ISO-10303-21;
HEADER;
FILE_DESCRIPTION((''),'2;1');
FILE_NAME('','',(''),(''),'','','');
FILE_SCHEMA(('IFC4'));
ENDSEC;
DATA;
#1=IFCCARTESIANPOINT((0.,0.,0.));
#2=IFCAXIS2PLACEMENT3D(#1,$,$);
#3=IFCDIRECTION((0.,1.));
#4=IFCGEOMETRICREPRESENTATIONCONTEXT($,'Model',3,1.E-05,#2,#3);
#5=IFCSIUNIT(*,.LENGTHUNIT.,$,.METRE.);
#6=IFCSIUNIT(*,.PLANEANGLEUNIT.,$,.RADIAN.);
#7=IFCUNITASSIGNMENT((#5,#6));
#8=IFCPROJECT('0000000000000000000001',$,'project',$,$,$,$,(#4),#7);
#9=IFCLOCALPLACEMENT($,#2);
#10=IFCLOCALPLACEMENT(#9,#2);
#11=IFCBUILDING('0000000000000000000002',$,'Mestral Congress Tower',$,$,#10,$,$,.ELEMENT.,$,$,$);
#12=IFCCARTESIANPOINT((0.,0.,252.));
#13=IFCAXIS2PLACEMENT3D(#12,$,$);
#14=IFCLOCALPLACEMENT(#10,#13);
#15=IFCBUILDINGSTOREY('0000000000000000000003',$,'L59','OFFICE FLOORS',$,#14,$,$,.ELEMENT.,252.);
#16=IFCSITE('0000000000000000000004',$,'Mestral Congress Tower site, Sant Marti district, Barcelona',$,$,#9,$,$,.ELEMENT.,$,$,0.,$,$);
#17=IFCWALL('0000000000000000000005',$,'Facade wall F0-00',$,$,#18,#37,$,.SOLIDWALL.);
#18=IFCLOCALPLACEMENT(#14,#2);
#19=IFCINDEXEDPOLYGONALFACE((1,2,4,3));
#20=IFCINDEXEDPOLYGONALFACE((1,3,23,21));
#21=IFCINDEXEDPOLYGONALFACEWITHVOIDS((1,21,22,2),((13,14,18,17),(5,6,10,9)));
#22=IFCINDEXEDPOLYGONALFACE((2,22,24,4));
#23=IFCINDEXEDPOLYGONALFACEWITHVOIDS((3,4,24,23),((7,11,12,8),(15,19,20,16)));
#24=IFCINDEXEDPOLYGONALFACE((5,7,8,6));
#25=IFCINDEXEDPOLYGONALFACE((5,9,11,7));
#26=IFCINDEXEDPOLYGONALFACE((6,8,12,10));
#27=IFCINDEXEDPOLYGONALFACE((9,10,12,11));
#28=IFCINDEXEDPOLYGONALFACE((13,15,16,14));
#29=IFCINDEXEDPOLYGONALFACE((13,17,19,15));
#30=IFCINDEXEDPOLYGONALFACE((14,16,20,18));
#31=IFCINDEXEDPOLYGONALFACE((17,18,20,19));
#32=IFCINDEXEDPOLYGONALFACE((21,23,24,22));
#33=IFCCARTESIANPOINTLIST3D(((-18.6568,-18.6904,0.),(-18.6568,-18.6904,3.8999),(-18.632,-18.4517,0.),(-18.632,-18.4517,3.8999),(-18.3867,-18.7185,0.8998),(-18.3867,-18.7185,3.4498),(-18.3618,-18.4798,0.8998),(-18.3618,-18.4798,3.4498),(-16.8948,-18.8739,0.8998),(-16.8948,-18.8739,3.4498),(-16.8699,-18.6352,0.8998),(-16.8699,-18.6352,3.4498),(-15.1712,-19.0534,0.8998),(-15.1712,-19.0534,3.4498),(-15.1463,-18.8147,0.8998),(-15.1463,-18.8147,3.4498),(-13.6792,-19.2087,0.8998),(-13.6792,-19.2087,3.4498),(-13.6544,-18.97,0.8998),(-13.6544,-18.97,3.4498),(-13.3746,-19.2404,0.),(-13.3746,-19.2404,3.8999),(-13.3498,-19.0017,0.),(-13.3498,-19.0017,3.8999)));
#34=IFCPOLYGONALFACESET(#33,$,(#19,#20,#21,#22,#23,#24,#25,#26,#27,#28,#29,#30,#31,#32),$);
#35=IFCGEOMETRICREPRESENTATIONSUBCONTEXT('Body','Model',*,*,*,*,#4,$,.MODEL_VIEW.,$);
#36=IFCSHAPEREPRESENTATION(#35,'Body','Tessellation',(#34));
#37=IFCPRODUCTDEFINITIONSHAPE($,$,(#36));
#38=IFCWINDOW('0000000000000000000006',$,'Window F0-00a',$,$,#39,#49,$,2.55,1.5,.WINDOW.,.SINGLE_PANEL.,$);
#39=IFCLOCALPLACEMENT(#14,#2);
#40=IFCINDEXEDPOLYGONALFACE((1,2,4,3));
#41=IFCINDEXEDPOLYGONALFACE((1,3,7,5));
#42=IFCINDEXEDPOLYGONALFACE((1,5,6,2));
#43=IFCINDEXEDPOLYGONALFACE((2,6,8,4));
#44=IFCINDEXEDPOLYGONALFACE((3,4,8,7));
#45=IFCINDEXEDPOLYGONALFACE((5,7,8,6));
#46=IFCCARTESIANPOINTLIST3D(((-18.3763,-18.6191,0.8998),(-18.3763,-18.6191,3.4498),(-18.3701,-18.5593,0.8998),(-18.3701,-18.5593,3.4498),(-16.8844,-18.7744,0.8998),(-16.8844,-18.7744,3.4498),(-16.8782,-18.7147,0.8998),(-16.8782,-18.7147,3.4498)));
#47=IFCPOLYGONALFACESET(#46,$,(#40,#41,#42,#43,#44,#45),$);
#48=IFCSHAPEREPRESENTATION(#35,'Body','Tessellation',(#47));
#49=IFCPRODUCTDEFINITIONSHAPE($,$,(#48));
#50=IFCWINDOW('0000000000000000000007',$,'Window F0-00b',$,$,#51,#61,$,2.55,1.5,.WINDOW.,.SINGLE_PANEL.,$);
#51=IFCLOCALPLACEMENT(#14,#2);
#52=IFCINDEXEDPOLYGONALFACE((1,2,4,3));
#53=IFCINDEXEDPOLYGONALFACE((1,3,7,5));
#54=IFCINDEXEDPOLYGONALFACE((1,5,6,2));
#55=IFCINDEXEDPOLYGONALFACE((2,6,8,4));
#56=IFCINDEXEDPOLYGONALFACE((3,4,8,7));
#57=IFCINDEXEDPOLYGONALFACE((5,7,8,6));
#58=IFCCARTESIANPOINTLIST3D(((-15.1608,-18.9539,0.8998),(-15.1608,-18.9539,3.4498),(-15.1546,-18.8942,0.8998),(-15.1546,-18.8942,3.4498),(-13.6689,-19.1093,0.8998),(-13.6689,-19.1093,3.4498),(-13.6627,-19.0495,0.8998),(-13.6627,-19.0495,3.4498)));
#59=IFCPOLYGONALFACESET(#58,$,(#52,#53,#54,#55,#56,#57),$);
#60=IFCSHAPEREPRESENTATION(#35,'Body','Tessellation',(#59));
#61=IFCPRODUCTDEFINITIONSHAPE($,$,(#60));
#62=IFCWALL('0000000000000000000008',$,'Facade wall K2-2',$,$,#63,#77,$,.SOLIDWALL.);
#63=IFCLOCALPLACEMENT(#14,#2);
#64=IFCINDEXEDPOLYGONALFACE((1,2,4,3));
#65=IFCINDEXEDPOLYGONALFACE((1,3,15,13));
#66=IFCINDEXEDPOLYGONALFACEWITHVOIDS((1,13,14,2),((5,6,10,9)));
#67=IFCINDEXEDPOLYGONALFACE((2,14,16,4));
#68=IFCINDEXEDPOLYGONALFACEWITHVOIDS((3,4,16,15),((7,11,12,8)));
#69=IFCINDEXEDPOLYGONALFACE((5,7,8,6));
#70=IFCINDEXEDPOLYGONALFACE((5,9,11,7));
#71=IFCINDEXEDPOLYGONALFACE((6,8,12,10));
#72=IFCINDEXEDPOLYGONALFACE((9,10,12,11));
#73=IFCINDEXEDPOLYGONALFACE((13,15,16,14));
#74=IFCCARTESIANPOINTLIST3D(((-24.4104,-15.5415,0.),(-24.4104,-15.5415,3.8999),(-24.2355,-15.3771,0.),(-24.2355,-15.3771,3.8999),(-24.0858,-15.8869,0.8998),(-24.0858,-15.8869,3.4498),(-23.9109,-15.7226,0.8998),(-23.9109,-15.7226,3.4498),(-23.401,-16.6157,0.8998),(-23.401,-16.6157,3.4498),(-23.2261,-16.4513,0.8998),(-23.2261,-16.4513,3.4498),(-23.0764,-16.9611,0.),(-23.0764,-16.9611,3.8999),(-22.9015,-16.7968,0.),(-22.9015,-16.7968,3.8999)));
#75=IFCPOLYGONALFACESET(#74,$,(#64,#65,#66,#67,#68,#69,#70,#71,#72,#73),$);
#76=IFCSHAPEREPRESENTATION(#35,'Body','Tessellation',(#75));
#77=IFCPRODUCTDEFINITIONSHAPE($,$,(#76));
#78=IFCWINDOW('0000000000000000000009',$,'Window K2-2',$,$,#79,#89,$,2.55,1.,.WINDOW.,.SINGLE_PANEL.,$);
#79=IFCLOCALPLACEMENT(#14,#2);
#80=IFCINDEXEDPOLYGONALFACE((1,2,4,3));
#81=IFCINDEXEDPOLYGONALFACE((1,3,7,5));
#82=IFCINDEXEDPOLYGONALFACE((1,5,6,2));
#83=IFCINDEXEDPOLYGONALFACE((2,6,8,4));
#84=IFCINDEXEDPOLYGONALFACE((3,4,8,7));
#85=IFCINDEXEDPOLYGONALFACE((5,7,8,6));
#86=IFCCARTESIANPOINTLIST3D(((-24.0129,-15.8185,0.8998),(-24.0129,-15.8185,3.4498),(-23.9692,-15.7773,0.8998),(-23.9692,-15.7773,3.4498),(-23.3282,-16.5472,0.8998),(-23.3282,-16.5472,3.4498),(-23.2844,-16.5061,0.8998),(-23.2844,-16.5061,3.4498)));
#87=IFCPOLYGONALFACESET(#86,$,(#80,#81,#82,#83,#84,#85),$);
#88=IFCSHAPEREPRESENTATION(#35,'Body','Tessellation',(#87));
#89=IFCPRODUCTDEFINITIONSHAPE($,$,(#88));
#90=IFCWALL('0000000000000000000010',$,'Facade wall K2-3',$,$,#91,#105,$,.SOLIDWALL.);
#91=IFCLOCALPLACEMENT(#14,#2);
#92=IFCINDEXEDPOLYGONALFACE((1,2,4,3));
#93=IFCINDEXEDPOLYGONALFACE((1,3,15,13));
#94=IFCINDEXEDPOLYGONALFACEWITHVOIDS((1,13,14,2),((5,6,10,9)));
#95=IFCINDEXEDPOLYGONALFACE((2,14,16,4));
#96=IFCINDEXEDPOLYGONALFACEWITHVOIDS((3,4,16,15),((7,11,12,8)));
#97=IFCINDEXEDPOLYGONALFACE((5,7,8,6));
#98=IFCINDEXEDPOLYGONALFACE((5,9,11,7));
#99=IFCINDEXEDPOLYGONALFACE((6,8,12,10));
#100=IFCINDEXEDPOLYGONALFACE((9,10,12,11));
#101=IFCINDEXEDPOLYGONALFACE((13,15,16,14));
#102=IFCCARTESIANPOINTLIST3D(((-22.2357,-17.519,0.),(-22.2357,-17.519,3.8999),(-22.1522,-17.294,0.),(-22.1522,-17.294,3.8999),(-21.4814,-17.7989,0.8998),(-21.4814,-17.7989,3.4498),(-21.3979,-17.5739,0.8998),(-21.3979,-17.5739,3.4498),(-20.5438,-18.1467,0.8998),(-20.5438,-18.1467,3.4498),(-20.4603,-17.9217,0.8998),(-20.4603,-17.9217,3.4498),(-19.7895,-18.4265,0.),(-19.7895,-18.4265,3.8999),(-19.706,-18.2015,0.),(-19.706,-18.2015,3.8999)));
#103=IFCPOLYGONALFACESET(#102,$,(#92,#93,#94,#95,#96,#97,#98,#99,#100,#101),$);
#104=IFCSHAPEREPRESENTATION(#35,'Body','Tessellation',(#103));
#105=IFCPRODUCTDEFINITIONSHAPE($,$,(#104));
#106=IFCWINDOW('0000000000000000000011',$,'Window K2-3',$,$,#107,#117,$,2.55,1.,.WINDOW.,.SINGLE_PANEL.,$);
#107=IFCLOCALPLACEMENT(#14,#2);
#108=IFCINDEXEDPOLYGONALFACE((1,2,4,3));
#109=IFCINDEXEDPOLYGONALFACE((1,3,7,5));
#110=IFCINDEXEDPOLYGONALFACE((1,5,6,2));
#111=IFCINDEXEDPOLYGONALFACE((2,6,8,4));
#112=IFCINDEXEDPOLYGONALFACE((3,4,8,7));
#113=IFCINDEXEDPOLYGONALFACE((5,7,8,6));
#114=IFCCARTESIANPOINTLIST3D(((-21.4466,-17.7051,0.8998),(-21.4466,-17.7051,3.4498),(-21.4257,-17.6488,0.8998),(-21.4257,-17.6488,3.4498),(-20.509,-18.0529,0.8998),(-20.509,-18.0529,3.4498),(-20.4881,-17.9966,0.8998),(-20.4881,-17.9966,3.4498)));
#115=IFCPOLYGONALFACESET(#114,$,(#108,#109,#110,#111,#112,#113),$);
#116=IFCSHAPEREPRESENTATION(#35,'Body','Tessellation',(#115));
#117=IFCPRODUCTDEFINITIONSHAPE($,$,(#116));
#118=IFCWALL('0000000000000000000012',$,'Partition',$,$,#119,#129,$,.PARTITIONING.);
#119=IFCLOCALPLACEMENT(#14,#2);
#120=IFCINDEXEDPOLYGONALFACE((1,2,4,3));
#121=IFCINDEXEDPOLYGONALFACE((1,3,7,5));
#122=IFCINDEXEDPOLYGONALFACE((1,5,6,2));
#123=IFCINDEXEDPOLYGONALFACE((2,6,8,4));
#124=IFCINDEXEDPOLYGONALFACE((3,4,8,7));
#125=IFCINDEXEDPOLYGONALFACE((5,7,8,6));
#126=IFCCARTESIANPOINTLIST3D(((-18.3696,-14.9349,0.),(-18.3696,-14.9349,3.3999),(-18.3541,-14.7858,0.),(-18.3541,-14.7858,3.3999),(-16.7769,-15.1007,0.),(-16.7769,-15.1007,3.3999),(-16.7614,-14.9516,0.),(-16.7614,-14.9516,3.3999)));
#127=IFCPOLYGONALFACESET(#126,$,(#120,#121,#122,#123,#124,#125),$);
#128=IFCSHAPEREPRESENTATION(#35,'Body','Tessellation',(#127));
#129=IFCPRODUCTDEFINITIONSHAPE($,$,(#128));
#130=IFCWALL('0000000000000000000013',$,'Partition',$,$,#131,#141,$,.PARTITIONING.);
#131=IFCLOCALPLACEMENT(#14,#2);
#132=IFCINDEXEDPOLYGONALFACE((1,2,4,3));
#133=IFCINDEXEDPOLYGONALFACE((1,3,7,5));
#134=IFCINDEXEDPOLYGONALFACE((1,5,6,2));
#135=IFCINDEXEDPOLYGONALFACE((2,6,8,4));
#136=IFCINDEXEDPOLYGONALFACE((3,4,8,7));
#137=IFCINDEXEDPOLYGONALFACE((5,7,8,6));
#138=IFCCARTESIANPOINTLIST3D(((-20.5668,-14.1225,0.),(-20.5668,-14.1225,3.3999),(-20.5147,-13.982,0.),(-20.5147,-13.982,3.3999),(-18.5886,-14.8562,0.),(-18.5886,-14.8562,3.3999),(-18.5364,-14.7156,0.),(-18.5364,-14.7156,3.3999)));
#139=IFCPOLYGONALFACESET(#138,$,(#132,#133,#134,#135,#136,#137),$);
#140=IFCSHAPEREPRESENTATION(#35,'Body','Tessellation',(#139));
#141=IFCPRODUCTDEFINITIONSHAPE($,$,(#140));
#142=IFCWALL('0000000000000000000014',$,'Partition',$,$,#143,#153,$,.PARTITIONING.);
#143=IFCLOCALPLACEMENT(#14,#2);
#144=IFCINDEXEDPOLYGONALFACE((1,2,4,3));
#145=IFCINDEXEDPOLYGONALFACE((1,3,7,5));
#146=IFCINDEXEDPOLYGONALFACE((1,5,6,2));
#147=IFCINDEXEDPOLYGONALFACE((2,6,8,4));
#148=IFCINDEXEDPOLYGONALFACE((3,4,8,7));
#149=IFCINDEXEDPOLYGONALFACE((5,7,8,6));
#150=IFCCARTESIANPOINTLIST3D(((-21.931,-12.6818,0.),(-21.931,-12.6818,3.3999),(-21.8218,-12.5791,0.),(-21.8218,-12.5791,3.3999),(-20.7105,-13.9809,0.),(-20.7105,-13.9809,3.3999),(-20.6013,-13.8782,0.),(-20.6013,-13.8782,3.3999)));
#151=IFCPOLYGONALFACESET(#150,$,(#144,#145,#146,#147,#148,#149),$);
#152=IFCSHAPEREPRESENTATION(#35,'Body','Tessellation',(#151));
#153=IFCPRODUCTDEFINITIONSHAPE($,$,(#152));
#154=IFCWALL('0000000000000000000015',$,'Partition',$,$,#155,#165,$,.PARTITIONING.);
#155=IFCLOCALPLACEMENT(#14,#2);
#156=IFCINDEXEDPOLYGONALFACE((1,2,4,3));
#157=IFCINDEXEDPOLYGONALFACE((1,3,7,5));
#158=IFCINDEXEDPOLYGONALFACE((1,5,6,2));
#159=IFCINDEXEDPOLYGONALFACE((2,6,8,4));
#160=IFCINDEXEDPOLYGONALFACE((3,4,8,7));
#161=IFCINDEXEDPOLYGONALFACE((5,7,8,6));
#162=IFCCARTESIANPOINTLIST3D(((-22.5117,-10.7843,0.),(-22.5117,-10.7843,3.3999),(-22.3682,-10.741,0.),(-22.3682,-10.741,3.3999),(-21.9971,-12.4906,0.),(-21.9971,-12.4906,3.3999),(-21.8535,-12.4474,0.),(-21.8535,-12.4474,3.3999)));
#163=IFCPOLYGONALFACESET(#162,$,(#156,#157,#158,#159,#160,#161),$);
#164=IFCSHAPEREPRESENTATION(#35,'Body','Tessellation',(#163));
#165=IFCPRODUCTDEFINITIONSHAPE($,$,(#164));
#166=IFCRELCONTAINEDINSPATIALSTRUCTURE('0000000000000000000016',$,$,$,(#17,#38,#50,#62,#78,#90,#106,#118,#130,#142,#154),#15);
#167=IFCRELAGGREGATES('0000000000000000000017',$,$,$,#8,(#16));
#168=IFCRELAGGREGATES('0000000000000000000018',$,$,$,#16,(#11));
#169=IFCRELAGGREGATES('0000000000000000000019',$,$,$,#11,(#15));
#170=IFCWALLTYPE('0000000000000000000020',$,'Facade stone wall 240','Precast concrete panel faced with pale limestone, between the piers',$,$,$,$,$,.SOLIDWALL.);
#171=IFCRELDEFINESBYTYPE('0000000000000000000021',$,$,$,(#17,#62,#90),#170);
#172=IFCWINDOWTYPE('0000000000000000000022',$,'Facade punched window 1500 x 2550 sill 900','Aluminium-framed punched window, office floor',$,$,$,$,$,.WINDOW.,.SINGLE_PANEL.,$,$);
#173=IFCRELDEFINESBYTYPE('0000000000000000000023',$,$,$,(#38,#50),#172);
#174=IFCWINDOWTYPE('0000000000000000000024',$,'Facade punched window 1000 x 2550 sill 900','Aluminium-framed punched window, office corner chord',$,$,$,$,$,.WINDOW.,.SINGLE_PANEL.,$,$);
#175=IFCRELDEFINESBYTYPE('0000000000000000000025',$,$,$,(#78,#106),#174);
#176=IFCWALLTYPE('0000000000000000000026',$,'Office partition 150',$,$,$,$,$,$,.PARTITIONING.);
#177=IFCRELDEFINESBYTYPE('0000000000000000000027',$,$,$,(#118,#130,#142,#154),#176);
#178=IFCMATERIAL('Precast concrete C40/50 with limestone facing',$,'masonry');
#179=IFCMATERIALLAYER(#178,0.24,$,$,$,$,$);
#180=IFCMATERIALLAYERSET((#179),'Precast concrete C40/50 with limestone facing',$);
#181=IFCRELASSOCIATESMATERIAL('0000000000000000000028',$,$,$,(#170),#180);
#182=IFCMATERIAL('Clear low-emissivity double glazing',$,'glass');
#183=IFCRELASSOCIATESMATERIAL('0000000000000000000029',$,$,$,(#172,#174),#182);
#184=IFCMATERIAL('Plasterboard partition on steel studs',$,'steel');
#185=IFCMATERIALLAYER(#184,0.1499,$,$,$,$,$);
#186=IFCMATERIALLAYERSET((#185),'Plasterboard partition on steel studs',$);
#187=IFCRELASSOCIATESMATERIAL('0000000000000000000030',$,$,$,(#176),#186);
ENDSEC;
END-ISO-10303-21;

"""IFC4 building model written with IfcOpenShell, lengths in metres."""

from ifc_helpers import new_model, si_unit, direction, frame, frame_2d, origin, place, context, subcontext, project, spatial, rectangle, extrude, material, layer, layer_set, type_object, element, fill, save


model = new_model("IFC4")

# Units and contexts
model_context = context("Model", 3, precision=1e-05, world=origin(), true_north=direction((0.0, 1.0)))
body_context = subcontext(model_context, "Body", "Model", "MODEL_VIEW")
ifc_project = project(units=[si_unit("LENGTHUNIT", "METRE"), si_unit("PLANEANGLEUNIT", "RADIAN")], contexts=[model_context])

# Site, building, storey
site_placement = place(None, origin())
site = spatial("IfcSite", under=ifc_project, at=site_placement, Name="Mestral Congress Tower site, Sant Marti district, Barcelona", CompositionType="ELEMENT", RefElevation=0.0)
building_placement = place(site_placement, origin())
building = spatial("IfcBuilding", under=site, at=building_placement, Name="Mestral Congress Tower", CompositionType="ELEMENT")
storey_placement = place(building_placement, frame((0.0, 0.0, 252.0)))
storey = spatial("IfcBuildingStorey", under=building, at=storey_placement, Name="L59", Description="OFFICE FLOORS", CompositionType="ELEMENT", Elevation=252.0)

# Wall, openings, windows
ifc_material_1 = material(Name="Precast concrete C40/50 with limestone facing", Category="masonry")
ifc_layer_1 = layer(ifc_material_1, 0.24)
ifc_layer_set_1 = layer_set([ifc_layer_1], Name="Precast concrete C40/50 with limestone facing")
wall_type_1 = type_object("IfcWallType", Name="Facade stone wall 240", Description="Precast concrete panel faced with pale limestone, between the piers", PredefinedType="SOLIDWALL", material=ifc_layer_set_1)
wall_1_placement = place(storey_placement, frame((-18.6443, -18.571, 0.0), z_axis=(0.0, 0.0, 1.0), x_axis=(0.994622, -0.103572, 0.0)))
wall_1 = element("IfcWall", 1, at=wall_1_placement, inside=storey, type_object=wall_type_1, Name="Facade wall F0-00", PredefinedType="SOLIDWALL", context=body_context, shape_type="SweptSolid", body=[
    extrude(rectangle(XDim=5.3108, YDim=0.24, at=frame_2d((2.6553, 0.0))), origin(), (0.0, 0.0, 1.0), 3.8999),
])
opening_1_placement = place(wall_1_placement, frame((0.2715, 0.0, 0.8999)))
opening_1 = element("IfcOpeningElement", 2, at=opening_1_placement, cuts=wall_1, PredefinedType="OPENING", context=body_context, shape_type="SweptSolid", body=[
    extrude(rectangle(XDim=1.5, YDim=2.55, at=frame_2d((0.75, 1.2749))), frame((0.0, 0.1299, 0.0), z_axis=(0.0, -1.0, 0.0), x_axis=(1.0, 0.0, 0.0)), (0.0, 0.0, 1.0), 0.26),
])
opening_2_placement = place(wall_1_placement, frame((3.5044, 0.0, 0.8999)))
opening_2 = element("IfcOpeningElement", 3, at=opening_2_placement, cuts=wall_1, PredefinedType="OPENING", context=body_context, shape_type="SweptSolid", body=[
    extrude(rectangle(XDim=1.5, YDim=2.55, at=frame_2d((0.75, 1.2749))), frame((0.0, 0.1299, 0.0), z_axis=(0.0, -1.0, 0.0), x_axis=(1.0, 0.0, 0.0)), (0.0, 0.0, 1.0), 0.26),
])
ifc_material_2 = material(Name="Clear low-emissivity double glazing", Category="glass")
window_type_1 = type_object("IfcWindowType", Name="Facade punched window 1500 x 2550 sill 900", Description="Aluminium-framed punched window, office floor", PartitioningType="SINGLE_PANEL", PredefinedType="WINDOW", material=ifc_material_2)
window_1_placement = place(opening_1_placement, origin())
window_1 = element("IfcWindow", 4, at=window_1_placement, inside=storey, type_object=window_type_1, Name="Window F0-00a", OverallHeight=2.55, OverallWidth=1.5, PartitioningType="SINGLE_PANEL", PredefinedType="WINDOW", context=body_context, shape_type="SweptSolid", body=[
    extrude(rectangle(XDim=1.5, YDim=2.55, at=frame_2d((0.75, 1.2749))), frame((0.0, 0.04, 0.0), z_axis=(0.0, -1.0, 0.0), x_axis=(1.0, 0.0, 0.0)), (0.0, 0.0, 1.0), 0.0601),
])
fill(opening_1, window_1)
window_2_placement = place(opening_2_placement, origin())
window_2 = element("IfcWindow", 5, at=window_2_placement, inside=storey, type_object=window_type_1, Name="Window F0-00b", OverallHeight=2.55, OverallWidth=1.5, PartitioningType="SINGLE_PANEL", PredefinedType="WINDOW", context=body_context, shape_type="SweptSolid", body=[
    extrude(rectangle(XDim=1.5, YDim=2.55, at=frame_2d((0.75, 1.2749))), frame((0.0, 0.04, 0.0), z_axis=(0.0, -1.0, 0.0), x_axis=(1.0, 0.0, 0.0)), (0.0, 0.0, 1.0), 0.0601),
])
fill(opening_2, window_2)

# Walls, openings, windows
wall_2_placement = place(storey_placement, frame((-24.323, -15.4592, 0.0), z_axis=(0.0, 0.0, 1.0), x_axis=(0.68477, -0.728759, 0.0)))
wall_2 = element("IfcWall", 6, at=wall_2_placement, inside=storey, type_object=wall_type_1, Name="Facade wall K2-2", PredefinedType="SOLIDWALL", context=body_context, shape_type="SweptSolid", body=[
    extrude(rectangle(XDim=1.948, YDim=0.24, at=frame_2d((0.9741, 0.0))), origin(), (0.0, 0.0, 1.0), 3.8999),
])
opening_3_placement = place(wall_2_placement, frame((0.4741, 0.0, 0.8999)))
opening_3 = element("IfcOpeningElement", 7, at=opening_3_placement, cuts=wall_2, PredefinedType="OPENING", context=body_context, shape_type="SweptSolid", body=[
    extrude(rectangle(XDim=1.0, YDim=2.55, at=frame_2d((0.5, 1.2749))), frame((0.0, 0.1299, 0.0), z_axis=(0.0, -1.0, 0.0), x_axis=(1.0, 0.0, 0.0)), (0.0, 0.0, 1.0), 0.26),
])
window_type_2 = type_object("IfcWindowType", Name="Facade punched window 1000 x 2550 sill 900", Description="Aluminium-framed punched window, office corner chord", PartitioningType="SINGLE_PANEL", PredefinedType="WINDOW", material=ifc_material_2)
window_3_placement = place(opening_3_placement, origin())
window_3 = element("IfcWindow", 8, at=window_3_placement, inside=storey, type_object=window_type_2, Name="Window K2-2", OverallHeight=2.55, OverallWidth=1.0, PartitioningType="SINGLE_PANEL", PredefinedType="WINDOW", context=body_context, shape_type="SweptSolid", body=[
    extrude(rectangle(XDim=1.0, YDim=2.55, at=frame_2d((0.5, 1.2749))), frame((0.0, 0.04, 0.0), z_axis=(0.0, -1.0, 0.0), x_axis=(1.0, 0.0, 0.0)), (0.0, 0.0, 1.0), 0.0601),
])
fill(opening_3, window_3)
wall_3_placement = place(storey_placement, frame((-22.1941, -17.4065, 0.0), z_axis=(0.0, 0.0, 1.0), x_axis=(0.937569, -0.347799, 0.0)))
wall_3 = element("IfcWall", 9, at=wall_3_placement, inside=storey, type_object=wall_type_1, Name="Facade wall K2-3", PredefinedType="SOLIDWALL", context=body_context, shape_type="SweptSolid", body=[
    extrude(rectangle(XDim=2.6091, YDim=0.24, at=frame_2d((1.3047, 0.0))), origin(), (0.0, 0.0, 1.0), 3.8999),
])
opening_4_placement = place(wall_3_placement, frame((0.8047, 0.0, 0.8999)))
opening_4 = element("IfcOpeningElement", 10, at=opening_4_placement, cuts=wall_3, PredefinedType="OPENING", context=body_context, shape_type="SweptSolid", body=[
    extrude(rectangle(XDim=1.0, YDim=2.55, at=frame_2d((0.5, 1.2749))), frame((0.0, 0.1299, 0.0), z_axis=(0.0, -1.0, 0.0), x_axis=(1.0, 0.0, 0.0)), (0.0, 0.0, 1.0), 0.26),
])
window_4_placement = place(opening_4_placement, origin())
window_4 = element("IfcWindow", 11, at=window_4_placement, inside=storey, type_object=window_type_2, Name="Window K2-3", OverallHeight=2.55, OverallWidth=1.0, PartitioningType="SINGLE_PANEL", PredefinedType="WINDOW", context=body_context, shape_type="SweptSolid", body=[
    extrude(rectangle(XDim=1.0, YDim=2.55, at=frame_2d((0.5, 1.2749))), frame((0.0, 0.04, 0.0), z_axis=(0.0, -1.0, 0.0), x_axis=(1.0, 0.0, 0.0)), (0.0, 0.0, 1.0), 0.0601),
])
fill(opening_4, window_4)

# Walls
ifc_material_3 = material(Name="Plasterboard partition on steel studs", Category="steel")
ifc_layer_2 = layer(ifc_material_3, 0.1499)
ifc_layer_set_2 = layer_set([ifc_layer_2], Name="Plasterboard partition on steel studs")
wall_type_2 = type_object("IfcWallType", Name="Office partition 150", PredefinedType="PARTITIONING", material=ifc_layer_set_2)
wall_4_placement = place(storey_placement, frame((-16.769, -15.0261, 0.0), z_axis=(0.0, 0.0, 1.0), x_axis=(-0.994628, 0.103518, 0.0)))
element("IfcWall", 12, at=wall_4_placement, inside=storey, type_object=wall_type_2, Name="Partition", PredefinedType="PARTITIONING", context=body_context, shape_type="SweptSolid", body=[
    extrude(rectangle(XDim=1.6013, YDim=0.1499, at=frame_2d((0.8008, 0.0))), origin(), (0.0, 0.0, 1.0), 3.3999),
])
wall_5_placement = place(storey_placement, frame((-18.5625, -14.7859, 0.0), z_axis=(0.0, 0.0, 1.0), x_axis=(-0.937602, 0.34771, 0.0)))
element("IfcWall", 13, at=wall_5_placement, inside=storey, type_object=wall_type_2, Name="Partition", PredefinedType="PARTITIONING", context=body_context, shape_type="SweptSolid", body=[
    extrude(rectangle(XDim=2.1099, YDim=0.1499, at=frame_2d((1.0549, 0.0))), origin(), (0.0, 0.0, 1.0), 3.3999),
])
wall_6_placement = place(storey_placement, frame((-20.656, -13.9294, 0.0), z_axis=(0.0, 0.0, 1.0), x_axis=(-0.684711, 0.728815, 0.0)))
element("IfcWall", 14, at=wall_6_placement, inside=storey, type_object=wall_type_2, Name="Partition", PredefinedType="PARTITIONING", context=body_context, shape_type="SweptSolid", body=[
    extrude(rectangle(XDim=1.7825, YDim=0.1499, at=frame_2d((0.8911, 0.0))), origin(), (0.0, 0.0, 1.0), 3.3999),
])
wall_7_placement = place(storey_placement, frame((-21.9253, -12.469, 0.0), z_axis=(0.0, 0.0, 1.0), x_axis=(-0.288768, 0.957399, 0.0)))
element("IfcWall", 15, at=wall_7_placement, inside=storey, type_object=wall_type_2, Name="Partition", PredefinedType="PARTITIONING", context=body_context, shape_type="SweptSolid", body=[
    extrude(rectangle(XDim=1.7822, YDim=0.1499, at=frame_2d((0.8911, 0.0))), origin(), (0.0, 0.0, 1.0), 3.3999),
])

save(model, "model.ifc")
